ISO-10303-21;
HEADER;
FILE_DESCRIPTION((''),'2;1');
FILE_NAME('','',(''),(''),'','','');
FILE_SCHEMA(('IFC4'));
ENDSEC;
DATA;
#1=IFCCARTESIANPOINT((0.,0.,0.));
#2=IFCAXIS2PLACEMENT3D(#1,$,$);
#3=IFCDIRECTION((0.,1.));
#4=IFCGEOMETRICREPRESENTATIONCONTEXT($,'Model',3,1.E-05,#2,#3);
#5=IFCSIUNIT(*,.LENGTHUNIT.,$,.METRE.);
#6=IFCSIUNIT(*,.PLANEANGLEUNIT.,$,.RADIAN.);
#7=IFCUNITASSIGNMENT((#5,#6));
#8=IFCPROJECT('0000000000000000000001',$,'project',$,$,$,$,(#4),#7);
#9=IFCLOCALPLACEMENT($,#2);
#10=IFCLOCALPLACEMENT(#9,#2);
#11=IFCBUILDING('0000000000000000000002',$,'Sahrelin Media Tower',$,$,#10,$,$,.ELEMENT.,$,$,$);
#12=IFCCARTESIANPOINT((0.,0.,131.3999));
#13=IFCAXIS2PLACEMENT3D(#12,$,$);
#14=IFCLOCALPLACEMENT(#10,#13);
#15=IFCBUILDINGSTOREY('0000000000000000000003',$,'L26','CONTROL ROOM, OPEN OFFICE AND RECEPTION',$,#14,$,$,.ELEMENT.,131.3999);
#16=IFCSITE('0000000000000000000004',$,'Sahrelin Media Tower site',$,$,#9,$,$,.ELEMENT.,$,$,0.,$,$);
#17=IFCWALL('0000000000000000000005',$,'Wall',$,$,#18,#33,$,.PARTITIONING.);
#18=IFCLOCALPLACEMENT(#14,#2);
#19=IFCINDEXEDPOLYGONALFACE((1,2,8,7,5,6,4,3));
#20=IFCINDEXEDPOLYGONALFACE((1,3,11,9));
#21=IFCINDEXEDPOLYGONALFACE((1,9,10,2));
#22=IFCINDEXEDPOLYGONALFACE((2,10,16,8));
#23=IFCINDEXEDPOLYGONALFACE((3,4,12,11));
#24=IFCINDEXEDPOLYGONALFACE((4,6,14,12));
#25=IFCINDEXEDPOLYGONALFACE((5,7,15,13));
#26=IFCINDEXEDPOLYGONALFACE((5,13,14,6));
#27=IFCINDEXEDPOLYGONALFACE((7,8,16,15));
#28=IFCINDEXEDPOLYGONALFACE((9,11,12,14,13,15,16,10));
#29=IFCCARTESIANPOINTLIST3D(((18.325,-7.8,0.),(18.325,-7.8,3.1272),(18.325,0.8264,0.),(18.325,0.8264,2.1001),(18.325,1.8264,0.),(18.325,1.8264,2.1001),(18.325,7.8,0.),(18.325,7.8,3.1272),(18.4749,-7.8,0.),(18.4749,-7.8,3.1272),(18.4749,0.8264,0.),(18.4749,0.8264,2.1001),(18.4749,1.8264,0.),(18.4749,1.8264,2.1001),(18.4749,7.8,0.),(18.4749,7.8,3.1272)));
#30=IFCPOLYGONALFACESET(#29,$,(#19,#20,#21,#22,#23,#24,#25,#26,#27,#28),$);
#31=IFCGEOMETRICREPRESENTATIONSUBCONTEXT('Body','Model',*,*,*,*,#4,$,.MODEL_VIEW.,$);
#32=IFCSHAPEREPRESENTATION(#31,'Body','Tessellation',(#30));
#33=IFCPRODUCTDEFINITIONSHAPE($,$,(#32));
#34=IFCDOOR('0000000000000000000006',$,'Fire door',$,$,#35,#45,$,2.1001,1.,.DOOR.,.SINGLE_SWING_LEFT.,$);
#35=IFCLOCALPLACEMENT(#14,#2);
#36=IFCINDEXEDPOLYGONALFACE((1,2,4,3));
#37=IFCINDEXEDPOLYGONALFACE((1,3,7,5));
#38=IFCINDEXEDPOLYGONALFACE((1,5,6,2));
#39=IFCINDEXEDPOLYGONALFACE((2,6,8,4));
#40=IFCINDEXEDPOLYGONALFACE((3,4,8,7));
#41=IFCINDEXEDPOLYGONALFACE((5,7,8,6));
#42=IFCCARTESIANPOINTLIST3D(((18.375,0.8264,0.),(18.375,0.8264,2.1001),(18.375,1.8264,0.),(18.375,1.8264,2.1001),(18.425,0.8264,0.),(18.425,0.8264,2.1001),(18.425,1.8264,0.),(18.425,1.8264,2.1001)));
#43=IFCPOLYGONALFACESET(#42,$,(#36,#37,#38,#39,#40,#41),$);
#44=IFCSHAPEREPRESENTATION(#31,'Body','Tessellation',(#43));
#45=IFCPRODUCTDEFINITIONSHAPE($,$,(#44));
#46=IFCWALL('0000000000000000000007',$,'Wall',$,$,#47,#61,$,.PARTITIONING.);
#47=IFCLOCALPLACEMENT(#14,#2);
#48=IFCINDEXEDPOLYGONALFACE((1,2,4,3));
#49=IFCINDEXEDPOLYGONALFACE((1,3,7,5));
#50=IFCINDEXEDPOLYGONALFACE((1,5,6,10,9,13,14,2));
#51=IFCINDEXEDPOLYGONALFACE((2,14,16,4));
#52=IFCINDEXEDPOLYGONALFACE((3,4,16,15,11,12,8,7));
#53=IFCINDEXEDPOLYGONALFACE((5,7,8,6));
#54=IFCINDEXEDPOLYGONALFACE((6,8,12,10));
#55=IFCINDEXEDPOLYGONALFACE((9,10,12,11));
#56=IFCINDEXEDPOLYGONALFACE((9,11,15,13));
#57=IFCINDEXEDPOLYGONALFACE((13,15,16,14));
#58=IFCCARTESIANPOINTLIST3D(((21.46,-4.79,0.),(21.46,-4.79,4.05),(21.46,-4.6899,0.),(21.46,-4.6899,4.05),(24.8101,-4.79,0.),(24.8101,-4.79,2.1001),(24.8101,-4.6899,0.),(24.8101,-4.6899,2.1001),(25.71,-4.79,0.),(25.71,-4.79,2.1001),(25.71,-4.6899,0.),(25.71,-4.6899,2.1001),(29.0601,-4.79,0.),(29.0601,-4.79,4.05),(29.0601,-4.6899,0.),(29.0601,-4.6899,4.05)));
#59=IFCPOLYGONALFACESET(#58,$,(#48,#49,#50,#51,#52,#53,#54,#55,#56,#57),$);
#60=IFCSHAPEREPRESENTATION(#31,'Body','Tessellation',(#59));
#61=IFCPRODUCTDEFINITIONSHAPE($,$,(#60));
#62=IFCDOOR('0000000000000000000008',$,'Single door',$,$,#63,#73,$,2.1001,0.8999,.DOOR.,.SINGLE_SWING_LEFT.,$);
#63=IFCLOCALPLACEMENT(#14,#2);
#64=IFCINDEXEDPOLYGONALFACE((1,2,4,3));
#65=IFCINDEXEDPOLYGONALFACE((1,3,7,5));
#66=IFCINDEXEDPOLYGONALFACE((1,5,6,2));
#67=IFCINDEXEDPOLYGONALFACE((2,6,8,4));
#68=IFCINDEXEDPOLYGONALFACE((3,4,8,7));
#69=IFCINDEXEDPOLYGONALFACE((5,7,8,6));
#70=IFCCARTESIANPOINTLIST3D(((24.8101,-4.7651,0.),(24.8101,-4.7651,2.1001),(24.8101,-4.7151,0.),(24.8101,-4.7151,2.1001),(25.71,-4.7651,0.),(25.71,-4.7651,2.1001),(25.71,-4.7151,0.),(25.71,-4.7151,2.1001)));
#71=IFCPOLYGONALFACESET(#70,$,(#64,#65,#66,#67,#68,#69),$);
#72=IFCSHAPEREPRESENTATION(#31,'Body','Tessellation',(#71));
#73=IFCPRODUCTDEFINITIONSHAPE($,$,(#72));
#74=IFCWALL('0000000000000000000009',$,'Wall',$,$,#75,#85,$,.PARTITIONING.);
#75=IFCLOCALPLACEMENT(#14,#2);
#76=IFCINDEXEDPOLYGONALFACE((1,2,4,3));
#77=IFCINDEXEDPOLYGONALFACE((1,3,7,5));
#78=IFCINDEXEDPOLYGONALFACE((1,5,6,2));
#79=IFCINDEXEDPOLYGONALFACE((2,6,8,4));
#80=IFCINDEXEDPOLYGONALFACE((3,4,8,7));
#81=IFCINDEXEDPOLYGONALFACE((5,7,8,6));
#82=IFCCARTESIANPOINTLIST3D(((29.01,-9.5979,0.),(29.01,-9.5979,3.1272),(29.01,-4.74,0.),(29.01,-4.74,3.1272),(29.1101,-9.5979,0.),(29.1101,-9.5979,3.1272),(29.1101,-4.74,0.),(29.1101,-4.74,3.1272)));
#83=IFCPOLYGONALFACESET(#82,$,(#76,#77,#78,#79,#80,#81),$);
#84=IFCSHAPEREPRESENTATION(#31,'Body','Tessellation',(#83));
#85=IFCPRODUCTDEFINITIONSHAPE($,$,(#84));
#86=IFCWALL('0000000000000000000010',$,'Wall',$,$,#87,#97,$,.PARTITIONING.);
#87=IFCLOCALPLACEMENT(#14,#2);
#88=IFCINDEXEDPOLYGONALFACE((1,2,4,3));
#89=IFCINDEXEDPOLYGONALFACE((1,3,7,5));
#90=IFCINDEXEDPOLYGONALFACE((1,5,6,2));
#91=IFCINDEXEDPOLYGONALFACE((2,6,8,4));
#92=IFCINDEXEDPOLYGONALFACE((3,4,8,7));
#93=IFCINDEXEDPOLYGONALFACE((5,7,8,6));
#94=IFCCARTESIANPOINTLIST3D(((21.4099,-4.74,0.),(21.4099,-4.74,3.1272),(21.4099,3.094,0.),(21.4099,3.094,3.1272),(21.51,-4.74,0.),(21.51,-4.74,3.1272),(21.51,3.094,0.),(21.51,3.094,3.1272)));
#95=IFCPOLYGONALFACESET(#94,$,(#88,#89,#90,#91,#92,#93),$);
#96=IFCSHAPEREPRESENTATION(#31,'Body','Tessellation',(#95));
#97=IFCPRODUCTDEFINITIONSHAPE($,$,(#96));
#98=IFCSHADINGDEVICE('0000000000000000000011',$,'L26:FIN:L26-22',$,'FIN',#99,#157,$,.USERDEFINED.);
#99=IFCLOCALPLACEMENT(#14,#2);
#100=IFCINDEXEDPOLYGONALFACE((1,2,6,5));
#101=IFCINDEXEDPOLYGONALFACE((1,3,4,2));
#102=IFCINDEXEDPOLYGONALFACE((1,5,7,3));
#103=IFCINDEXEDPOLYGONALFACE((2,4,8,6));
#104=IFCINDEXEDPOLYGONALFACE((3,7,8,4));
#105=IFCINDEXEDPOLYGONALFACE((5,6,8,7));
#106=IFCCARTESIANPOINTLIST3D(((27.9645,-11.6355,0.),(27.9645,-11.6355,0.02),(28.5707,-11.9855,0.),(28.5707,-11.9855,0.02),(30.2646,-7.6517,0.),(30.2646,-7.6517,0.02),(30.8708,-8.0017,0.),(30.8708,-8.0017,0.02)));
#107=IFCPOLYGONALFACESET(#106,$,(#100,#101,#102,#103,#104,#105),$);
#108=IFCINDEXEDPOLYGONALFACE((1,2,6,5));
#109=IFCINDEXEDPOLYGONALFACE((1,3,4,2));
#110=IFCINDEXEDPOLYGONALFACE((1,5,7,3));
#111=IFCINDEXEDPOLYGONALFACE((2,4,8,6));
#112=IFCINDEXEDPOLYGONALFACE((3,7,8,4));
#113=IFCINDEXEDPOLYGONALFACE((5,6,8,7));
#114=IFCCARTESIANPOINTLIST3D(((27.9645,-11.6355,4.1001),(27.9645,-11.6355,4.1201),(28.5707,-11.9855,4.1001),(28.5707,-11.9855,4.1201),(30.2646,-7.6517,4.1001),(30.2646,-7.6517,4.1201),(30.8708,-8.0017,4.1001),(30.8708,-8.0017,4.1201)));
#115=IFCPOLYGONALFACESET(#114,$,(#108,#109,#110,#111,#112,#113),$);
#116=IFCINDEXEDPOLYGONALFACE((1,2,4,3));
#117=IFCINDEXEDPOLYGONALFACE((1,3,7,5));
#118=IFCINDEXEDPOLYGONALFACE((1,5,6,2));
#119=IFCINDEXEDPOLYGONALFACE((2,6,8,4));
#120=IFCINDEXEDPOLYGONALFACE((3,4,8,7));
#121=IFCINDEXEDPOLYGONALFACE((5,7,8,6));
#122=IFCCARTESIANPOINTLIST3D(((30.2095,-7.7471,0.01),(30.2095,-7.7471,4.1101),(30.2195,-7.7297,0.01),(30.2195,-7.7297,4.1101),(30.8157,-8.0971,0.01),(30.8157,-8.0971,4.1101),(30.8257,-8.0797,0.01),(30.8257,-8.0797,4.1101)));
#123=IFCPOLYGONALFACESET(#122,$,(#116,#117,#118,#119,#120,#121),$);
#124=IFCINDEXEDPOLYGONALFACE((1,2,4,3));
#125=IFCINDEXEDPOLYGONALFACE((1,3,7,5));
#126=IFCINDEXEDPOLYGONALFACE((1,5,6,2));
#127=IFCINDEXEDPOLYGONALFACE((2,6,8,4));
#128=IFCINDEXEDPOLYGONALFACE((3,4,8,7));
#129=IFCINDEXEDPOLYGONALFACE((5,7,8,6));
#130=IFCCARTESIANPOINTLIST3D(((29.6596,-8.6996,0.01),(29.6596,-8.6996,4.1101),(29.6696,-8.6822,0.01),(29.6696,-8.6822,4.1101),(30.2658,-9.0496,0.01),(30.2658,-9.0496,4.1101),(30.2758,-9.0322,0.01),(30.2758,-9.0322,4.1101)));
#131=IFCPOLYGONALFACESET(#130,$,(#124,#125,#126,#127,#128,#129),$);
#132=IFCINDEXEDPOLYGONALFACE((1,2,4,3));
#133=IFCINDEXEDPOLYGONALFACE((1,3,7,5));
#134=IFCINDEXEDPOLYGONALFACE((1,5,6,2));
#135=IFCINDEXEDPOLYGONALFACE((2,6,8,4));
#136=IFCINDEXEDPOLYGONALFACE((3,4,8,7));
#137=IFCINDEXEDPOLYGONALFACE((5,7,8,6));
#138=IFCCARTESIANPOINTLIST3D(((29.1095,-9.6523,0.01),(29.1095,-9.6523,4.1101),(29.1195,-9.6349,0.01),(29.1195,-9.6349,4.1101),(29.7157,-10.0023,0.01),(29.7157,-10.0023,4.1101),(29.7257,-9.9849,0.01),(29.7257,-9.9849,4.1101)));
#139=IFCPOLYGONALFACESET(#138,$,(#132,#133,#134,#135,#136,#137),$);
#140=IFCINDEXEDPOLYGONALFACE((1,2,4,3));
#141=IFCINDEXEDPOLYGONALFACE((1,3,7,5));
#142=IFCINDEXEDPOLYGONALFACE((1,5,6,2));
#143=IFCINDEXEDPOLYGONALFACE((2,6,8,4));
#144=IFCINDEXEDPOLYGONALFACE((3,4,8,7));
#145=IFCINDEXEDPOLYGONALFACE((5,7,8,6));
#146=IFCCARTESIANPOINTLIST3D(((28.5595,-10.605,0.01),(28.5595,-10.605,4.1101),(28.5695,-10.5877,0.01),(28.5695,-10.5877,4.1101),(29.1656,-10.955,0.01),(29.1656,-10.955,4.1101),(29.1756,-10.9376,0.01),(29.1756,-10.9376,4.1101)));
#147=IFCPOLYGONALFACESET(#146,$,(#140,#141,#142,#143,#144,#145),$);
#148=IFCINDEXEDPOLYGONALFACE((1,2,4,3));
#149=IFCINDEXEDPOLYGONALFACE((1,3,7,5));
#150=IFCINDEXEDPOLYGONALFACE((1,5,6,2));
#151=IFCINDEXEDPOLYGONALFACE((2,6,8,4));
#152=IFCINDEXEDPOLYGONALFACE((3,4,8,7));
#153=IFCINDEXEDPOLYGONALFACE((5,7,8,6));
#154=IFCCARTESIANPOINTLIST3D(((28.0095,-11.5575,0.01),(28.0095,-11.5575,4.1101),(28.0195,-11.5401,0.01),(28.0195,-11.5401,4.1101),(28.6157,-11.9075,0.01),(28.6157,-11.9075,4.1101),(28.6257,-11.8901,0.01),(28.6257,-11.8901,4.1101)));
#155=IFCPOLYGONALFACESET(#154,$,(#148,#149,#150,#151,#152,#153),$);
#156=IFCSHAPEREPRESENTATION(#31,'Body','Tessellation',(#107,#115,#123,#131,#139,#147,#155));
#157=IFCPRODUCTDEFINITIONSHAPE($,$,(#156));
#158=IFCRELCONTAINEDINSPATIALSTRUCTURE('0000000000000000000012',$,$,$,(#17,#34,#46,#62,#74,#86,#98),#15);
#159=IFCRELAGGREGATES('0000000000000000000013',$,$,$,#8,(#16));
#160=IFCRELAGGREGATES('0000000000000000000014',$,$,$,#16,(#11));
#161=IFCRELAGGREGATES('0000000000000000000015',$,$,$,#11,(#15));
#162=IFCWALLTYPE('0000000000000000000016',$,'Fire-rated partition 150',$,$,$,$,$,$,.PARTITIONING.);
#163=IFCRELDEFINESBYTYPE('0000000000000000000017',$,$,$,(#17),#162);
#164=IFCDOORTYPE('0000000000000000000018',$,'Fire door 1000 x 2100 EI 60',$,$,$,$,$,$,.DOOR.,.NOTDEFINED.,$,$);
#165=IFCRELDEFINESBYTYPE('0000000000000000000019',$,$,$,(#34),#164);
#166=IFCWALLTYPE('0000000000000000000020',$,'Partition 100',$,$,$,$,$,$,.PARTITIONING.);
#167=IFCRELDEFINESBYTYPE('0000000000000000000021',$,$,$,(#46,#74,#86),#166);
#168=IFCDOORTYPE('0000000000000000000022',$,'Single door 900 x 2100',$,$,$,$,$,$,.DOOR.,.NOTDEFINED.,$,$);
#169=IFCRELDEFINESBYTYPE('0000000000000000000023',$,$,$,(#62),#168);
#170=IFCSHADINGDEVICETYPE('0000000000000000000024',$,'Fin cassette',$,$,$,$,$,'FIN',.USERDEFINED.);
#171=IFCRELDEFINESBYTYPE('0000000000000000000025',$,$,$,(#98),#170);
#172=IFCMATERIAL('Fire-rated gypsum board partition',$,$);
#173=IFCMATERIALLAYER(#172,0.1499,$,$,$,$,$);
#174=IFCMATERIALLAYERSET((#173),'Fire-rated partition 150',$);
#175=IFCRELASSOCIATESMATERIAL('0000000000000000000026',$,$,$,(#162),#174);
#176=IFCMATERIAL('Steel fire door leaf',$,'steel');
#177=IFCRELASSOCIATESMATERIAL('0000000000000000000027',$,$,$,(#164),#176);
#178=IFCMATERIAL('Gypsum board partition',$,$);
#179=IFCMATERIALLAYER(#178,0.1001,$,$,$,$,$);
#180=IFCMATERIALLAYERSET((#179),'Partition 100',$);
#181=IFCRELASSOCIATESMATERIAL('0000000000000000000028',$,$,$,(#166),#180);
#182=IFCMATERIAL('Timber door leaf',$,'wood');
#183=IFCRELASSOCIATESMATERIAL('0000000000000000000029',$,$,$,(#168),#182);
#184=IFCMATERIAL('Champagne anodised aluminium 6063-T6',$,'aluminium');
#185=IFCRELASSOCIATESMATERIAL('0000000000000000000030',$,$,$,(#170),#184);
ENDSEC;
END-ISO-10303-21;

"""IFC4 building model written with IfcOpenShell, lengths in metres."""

from ifc_helpers import new_model, si_unit, direction, frame, frame_2d, origin, origin_2d, place, context, subcontext, project, spatial, rectangle, extrude, material, layer, layer_set, type_object, element, fill, save


model = new_model("IFC4")

# Units and contexts
model_context = context("Model", 3, precision=1e-05, world=origin(), true_north=direction((0.0, 1.0)))
body_context = subcontext(model_context, "Body", "Model", "MODEL_VIEW")
ifc_project = project(units=[si_unit("LENGTHUNIT", "METRE"), si_unit("PLANEANGLEUNIT", "RADIAN")], contexts=[model_context])

# Site, building, storey
site_placement = place(None, origin())
site = spatial("IfcSite", under=ifc_project, at=site_placement, Name="Sahrelin Media Tower site", CompositionType="ELEMENT", RefElevation=0.0)
building_placement = place(site_placement, origin())
building = spatial("IfcBuilding", under=site, at=building_placement, Name="Sahrelin Media Tower", CompositionType="ELEMENT")
storey_placement = place(building_placement, frame((0.0, 0.0, 131.3999)))
storey = spatial("IfcBuildingStorey", under=building, at=storey_placement, Name="L26", Description="CONTROL ROOM, OPEN OFFICE AND RECEPTION", CompositionType="ELEMENT", Elevation=131.3999)

# Shared definitions
ifc_material_1 = material(Name="Champagne anodised aluminium 6063-T6", Category="aluminium")

# Shared definitions
ifc_material_2 = material(Name="Fire-rated gypsum board partition")
ifc_layer_1 = layer(ifc_material_2, 0.1499)
ifc_layer_set_1 = layer_set([ifc_layer_1], Name="Fire-rated partition 150")
wall_type_1 = type_object("IfcWallType", Name="Fire-rated partition 150", PredefinedType="PARTITIONING", material=ifc_layer_set_1)

# Walls, openings, doors
wall_1_placement = place(storey_placement, frame((18.3999, -7.8, 0.0), z_axis=(0.0, 0.0, 1.0), x_axis=(0.0, 1.0, 0.0)))
wall_1 = element("IfcWall", 1, at=wall_1_placement, inside=storey, type_object=wall_type_1, Name="Wall", PredefinedType="PARTITIONING", context=body_context, shape_type="SweptSolid", body=[
    extrude(rectangle(XDim=15.6001, YDim=0.1499, at=frame_2d((7.8, 0.0))), origin(), (0.0, 0.0, 1.0), 3.1272),
])
opening_1_placement = place(wall_1_placement, frame((8.6265, 0.0, 0.0)))
opening_1 = element("IfcOpeningElement", 2, at=opening_1_placement, cuts=wall_1, PredefinedType="OPENING", context=body_context, shape_type="SweptSolid", body=[
    extrude(rectangle(XDim=1.0, YDim=2.1001, at=frame_2d((0.5, 1.05))), frame((0.0, 0.075, 0.0), z_axis=(0.0, -1.0, 0.0), x_axis=(1.0, 0.0, 0.0)), (0.0, 0.0, 1.0), 0.1499),
])
ifc_material_3 = material(Name="Steel fire door leaf", Category="steel")
door_type_1 = type_object("IfcDoorType", Name="Fire door 1000 x 2100 EI 60", OperationType="NOTDEFINED", PredefinedType="DOOR", material=ifc_material_3)
door_1_placement = place(opening_1_placement, origin())
door_1 = element("IfcDoor", 3, at=door_1_placement, inside=storey, type_object=door_type_1, Name="Fire door", OperationType="SINGLE_SWING_LEFT", OverallHeight=2.1001, OverallWidth=1.0, PredefinedType="DOOR", context=body_context, shape_type="SweptSolid", body=[
    extrude(rectangle(XDim=1.0, YDim=2.1001, at=frame_2d((0.5, 1.05))), frame((0.0, 0.0249, 0.0), z_axis=(0.0, -1.0, 0.0), x_axis=(1.0, 0.0, 0.0)), (0.0, 0.0, 1.0), 0.05),
])
fill(opening_1, door_1)
ifc_material_4 = material(Name="Gypsum board partition")
ifc_layer_2 = layer(ifc_material_4, 0.1001)
ifc_layer_set_2 = layer_set([ifc_layer_2], Name="Partition 100")
wall_type_2 = type_object("IfcWallType", Name="Partition 100", PredefinedType="PARTITIONING", material=ifc_layer_set_2)
wall_2_placement = place(storey_placement, frame((21.46, -4.74, 0.0), z_axis=(0.0, 0.0, 1.0), x_axis=(1.0, 0.0, 0.0)))
wall_2 = element("IfcWall", 4, at=wall_2_placement, inside=storey, type_object=wall_type_2, Name="Wall", PredefinedType="PARTITIONING", context=body_context, shape_type="SweptSolid", body=[
    extrude(rectangle(XDim=7.6001, YDim=0.1001, at=frame_2d((3.8, 0.0))), origin(), (0.0, 0.0, 1.0), 4.05),
])
opening_2_placement = place(wall_2_placement, frame((3.3501, 0.0, 0.0)))
opening_2 = element("IfcOpeningElement", 5, at=opening_2_placement, cuts=wall_2, PredefinedType="OPENING", context=body_context, shape_type="SweptSolid", body=[
    extrude(rectangle(XDim=0.8999, YDim=2.1001, at=frame_2d((0.45, 1.05))), frame((0.0, 0.05, 0.0), z_axis=(0.0, -1.0, 0.0), x_axis=(1.0, 0.0, 0.0)), (0.0, 0.0, 1.0), 0.1001),
])
ifc_material_5 = material(Name="Timber door leaf", Category="wood")
door_type_2 = type_object("IfcDoorType", Name="Single door 900 x 2100", OperationType="NOTDEFINED", PredefinedType="DOOR", material=ifc_material_5)
door_2_placement = place(opening_2_placement, origin())
door_2 = element("IfcDoor", 6, at=door_2_placement, inside=storey, type_object=door_type_2, Name="Single door", OperationType="SINGLE_SWING_LEFT", OverallHeight=2.1001, OverallWidth=0.8999, PredefinedType="DOOR", context=body_context, shape_type="SweptSolid", body=[
    extrude(rectangle(XDim=0.8999, YDim=2.1001, at=frame_2d((0.45, 1.05))), frame((0.0, 0.0249, 0.0), z_axis=(0.0, -1.0, 0.0), x_axis=(1.0, 0.0, 0.0)), (0.0, 0.0, 1.0), 0.05),
])
fill(opening_2, door_2)

# Walls
wall_3_placement = place(storey_placement, frame((29.0601, -9.5979, 0.0), z_axis=(0.0, 0.0, 1.0), x_axis=(0.0, 1.0, 0.0)))
element("IfcWall", 7, at=wall_3_placement, inside=storey, type_object=wall_type_2, Name="Wall", PredefinedType="PARTITIONING", context=body_context, shape_type="SweptSolid", body=[
    extrude(rectangle(XDim=4.8579, YDim=0.1001, at=frame_2d((2.429, 0.0))), origin(), (0.0, 0.0, 1.0), 3.1272),
])
wall_4_placement = place(storey_placement, frame((21.46, -4.74, 0.0), z_axis=(0.0, 0.0, 1.0), x_axis=(0.0, 1.0, 0.0)))
element("IfcWall", 8, at=wall_4_placement, inside=storey, type_object=wall_type_2, Name="Wall", PredefinedType="PARTITIONING", context=body_context, shape_type="SweptSolid", body=[
    extrude(rectangle(XDim=7.834, YDim=0.1001, at=frame_2d((3.917, 0.0))), origin(), (0.0, 0.0, 1.0), 3.1272),
])

# Shading device
shading_device_type_1 = type_object("IfcShadingDeviceType", Name="Fin cassette", ElementType="FIN", PredefinedType="USERDEFINED", material=ifc_material_1)
placement_1 = place(storey_placement, frame((29.054, -9.6086, 0.0), z_axis=(0.0, 0.0, 1.0), x_axis=(-0.500011, -0.866019, 0.0)))
element("IfcShadingDevice", 9, at=placement_1, inside=storey, type_object=shading_device_type_1, Name="L26:FIN:L26-22", ObjectType="FIN", PredefinedType="USERDEFINED", context=body_context, shape_type="SweptSolid", body=[
    extrude(rectangle(XDim=4.6001, YDim=0.7, at=origin_2d()), frame((0.0, 0.4199, 0.0)), (0.0, 0.0, 1.0), 0.02),
    extrude(rectangle(XDim=4.6001, YDim=0.7, at=origin_2d()), frame((0.0, 0.4199, 4.1001)), (0.0, 0.0, 1.0), 0.02),
    extrude(rectangle(XDim=0.02, YDim=0.7, at=origin_2d()), frame((-2.2, 0.4199, 0.01), z_axis=(0.0, 0.0, 1.0), x_axis=(1.0, 0.0, 0.0)), (0.0, 0.0, 1.0), 4.1001),
    extrude(rectangle(XDim=0.02, YDim=0.7, at=origin_2d()), frame((-1.1001, 0.4199, 0.01), z_axis=(0.0, 0.0, 1.0), x_axis=(1.0, 0.0, 0.0)), (0.0, 0.0, 1.0), 4.1001),
    extrude(rectangle(XDim=0.02, YDim=0.7, at=origin_2d()), frame((0.0, 0.4199, 0.01), z_axis=(0.0, 0.0, 1.0), x_axis=(1.0, 0.0, 0.0)), (0.0, 0.0, 1.0), 4.1001),
    extrude(rectangle(XDim=0.02, YDim=0.7, at=origin_2d()), frame((1.1001, 0.4199, 0.01), z_axis=(0.0, 0.0, 1.0), x_axis=(1.0, 0.0, 0.0)), (0.0, 0.0, 1.0), 4.1001),
    extrude(rectangle(XDim=0.02, YDim=0.7, at=origin_2d()), frame((2.2, 0.4199, 0.01), z_axis=(0.0, 0.0, 1.0), x_axis=(1.0, 0.0, 0.0)), (0.0, 0.0, 1.0), 4.1001),
])

save(model, "model.ifc")
